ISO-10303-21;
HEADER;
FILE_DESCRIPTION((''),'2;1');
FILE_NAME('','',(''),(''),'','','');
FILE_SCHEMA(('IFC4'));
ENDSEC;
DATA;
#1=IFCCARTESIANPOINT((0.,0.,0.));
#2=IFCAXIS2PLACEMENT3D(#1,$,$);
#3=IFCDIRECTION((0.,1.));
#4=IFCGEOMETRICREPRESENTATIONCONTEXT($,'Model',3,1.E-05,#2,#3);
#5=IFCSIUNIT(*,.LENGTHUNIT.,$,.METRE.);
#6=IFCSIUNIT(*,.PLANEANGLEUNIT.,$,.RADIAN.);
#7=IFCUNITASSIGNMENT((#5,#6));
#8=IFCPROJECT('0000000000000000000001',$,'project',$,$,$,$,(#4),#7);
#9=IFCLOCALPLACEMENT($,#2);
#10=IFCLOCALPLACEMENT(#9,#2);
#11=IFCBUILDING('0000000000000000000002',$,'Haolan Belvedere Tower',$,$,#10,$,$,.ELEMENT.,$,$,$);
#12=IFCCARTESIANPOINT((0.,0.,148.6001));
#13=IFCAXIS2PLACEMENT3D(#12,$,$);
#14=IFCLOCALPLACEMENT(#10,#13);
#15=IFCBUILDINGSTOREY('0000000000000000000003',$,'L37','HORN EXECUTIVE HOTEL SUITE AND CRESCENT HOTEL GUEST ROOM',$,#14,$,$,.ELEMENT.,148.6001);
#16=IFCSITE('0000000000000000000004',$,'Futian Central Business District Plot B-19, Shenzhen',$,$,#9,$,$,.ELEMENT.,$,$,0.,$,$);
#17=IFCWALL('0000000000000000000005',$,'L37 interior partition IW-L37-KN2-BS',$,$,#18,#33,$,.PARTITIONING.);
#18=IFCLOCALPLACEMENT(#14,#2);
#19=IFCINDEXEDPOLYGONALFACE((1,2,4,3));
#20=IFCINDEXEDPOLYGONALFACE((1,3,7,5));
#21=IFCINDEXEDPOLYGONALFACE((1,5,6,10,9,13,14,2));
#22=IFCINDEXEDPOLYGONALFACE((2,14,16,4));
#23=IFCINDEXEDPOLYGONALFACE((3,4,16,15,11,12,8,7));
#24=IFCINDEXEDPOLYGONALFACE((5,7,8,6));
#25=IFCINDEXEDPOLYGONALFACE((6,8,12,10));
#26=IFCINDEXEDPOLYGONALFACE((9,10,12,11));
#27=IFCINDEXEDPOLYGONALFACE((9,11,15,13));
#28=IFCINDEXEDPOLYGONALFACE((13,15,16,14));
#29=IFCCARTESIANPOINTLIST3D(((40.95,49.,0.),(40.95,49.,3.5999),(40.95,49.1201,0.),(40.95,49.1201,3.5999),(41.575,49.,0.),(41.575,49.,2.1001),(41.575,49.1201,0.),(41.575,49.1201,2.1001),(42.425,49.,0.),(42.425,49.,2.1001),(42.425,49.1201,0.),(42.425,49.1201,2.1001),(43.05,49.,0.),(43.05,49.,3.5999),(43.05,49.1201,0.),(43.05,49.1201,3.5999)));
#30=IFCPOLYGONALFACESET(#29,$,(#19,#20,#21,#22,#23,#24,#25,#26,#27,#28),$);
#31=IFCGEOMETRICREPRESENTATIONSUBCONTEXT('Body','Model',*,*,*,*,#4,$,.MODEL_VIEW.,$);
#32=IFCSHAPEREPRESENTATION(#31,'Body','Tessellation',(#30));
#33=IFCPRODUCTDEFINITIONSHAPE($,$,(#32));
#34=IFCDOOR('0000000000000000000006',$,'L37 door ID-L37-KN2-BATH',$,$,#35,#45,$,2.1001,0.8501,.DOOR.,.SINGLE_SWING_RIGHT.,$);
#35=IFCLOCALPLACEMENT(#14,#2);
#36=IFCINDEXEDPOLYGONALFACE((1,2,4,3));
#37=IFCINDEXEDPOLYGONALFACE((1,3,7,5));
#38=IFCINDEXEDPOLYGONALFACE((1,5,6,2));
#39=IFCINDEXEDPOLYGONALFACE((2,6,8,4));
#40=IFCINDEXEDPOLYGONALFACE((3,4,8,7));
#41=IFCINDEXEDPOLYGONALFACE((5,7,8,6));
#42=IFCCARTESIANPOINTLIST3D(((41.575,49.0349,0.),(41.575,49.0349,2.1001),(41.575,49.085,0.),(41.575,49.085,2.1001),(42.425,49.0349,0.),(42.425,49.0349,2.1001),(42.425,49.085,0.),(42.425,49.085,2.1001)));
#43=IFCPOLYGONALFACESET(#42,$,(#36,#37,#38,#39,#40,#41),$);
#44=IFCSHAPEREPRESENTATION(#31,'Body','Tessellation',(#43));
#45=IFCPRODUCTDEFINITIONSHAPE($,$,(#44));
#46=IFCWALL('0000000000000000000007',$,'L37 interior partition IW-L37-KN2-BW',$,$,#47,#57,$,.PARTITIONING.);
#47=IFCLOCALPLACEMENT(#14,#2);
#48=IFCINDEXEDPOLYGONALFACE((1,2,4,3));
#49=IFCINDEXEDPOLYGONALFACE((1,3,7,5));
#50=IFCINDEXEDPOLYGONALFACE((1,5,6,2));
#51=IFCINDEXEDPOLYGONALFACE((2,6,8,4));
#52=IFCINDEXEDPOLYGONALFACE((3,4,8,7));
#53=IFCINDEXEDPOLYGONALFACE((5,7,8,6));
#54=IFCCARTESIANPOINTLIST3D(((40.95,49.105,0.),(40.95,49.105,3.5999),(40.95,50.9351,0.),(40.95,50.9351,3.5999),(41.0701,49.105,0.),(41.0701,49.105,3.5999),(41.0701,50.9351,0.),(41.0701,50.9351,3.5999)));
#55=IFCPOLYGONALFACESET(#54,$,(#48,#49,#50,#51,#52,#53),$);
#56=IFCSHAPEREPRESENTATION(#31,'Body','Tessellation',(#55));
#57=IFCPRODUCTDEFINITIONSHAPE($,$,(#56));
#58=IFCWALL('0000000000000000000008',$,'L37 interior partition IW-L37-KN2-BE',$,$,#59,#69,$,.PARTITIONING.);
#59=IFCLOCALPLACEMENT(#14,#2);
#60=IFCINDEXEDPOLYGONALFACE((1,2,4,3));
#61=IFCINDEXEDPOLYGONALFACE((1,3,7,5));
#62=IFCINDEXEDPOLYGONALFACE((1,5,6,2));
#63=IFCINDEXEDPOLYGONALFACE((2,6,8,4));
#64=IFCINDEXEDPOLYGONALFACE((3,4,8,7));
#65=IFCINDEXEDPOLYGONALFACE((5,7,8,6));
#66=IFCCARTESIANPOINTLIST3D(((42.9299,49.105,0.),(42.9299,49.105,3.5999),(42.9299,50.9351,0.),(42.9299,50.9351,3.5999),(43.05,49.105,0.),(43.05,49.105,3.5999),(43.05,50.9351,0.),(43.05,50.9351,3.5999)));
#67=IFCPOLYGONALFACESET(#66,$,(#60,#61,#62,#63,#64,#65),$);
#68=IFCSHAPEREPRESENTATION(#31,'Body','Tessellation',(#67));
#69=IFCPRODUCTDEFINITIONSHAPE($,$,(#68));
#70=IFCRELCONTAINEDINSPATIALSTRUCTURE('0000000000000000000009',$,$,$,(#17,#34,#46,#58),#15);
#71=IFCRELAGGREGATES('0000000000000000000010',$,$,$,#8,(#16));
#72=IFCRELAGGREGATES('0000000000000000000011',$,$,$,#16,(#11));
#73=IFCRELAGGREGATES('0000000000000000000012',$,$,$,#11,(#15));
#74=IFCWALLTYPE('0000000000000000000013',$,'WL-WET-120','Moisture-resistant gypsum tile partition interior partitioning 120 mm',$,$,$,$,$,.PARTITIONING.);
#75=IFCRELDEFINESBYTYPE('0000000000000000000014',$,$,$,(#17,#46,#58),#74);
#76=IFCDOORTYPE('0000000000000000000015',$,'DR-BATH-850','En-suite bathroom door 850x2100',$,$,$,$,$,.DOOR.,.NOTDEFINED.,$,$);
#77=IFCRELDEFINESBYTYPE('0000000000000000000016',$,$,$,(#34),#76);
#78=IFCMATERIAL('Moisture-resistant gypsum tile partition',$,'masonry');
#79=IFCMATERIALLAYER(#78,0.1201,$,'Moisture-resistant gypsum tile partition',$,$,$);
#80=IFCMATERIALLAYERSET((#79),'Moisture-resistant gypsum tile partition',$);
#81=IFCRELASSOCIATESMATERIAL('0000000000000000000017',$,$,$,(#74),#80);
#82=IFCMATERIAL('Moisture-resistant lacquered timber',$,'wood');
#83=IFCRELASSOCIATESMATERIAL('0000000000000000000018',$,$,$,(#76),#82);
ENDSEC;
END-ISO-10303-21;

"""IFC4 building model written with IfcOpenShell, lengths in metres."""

from ifc_helpers import new_model, si_unit, direction, frame, frame_2d, origin, place, context, subcontext, project, spatial, rectangle, extrude, material, layer, layer_set, type_object, element, fill, save


model = new_model("IFC4")

# Units and contexts
model_context = context("Model", 3, precision=1e-05, world=origin(), true_north=direction((0.0, 1.0)))
body_context = subcontext(model_context, "Body", "Model", "MODEL_VIEW")
ifc_project = project(units=[si_unit("LENGTHUNIT", "METRE"), si_unit("PLANEANGLEUNIT", "RADIAN")], contexts=[model_context])

# Site, building, storey
site_placement = place(None, origin())
site = spatial("IfcSite", under=ifc_project, at=site_placement, Name="Futian Central Business District Plot B-19, Shenzhen", CompositionType="ELEMENT", RefElevation=0.0)
building_placement = place(site_placement, origin())
building = spatial("IfcBuilding", under=site, at=building_placement, Name="Haolan Belvedere Tower", CompositionType="ELEMENT")
storey_placement = place(building_placement, frame((0.0, 0.0, 148.6001)))
storey = spatial("IfcBuildingStorey", under=building, at=storey_placement, Name="L37", Description="HORN EXECUTIVE HOTEL SUITE AND CRESCENT HOTEL GUEST ROOM", CompositionType="ELEMENT", Elevation=148.6001)

# Shared definitions
ifc_material_1 = material(Name="Moisture-resistant gypsum tile partition", Category="masonry")
ifc_layer_1 = layer(ifc_material_1, 0.1201, Name="Moisture-resistant gypsum tile partition")
ifc_layer_set_1 = layer_set([ifc_layer_1], Name="Moisture-resistant gypsum tile partition")
wall_type_1 = type_object("IfcWallType", Name="WL-WET-120", Description="Moisture-resistant gypsum tile partition interior partitioning 120 mm", PredefinedType="PARTITIONING", material=ifc_layer_set_1)

# Wall, opening, door
wall_1_placement = place(storey_placement, frame((40.95, 49.0601, 0.0), z_axis=(0.0, 0.0, 1.0), x_axis=(1.0, 0.0, 0.0)))
wall_1 = element("IfcWall", 1, at=wall_1_placement, inside=storey, type_object=wall_type_1, Name="L37 interior partition IW-L37-KN2-BS", PredefinedType="PARTITIONING", context=body_context, shape_type="SweptSolid", body=[
    extrude(rectangle(XDim=2.1001, YDim=0.1201, at=frame_2d((1.05, 0.0))), origin(), (0.0, 0.0, 1.0), 3.5999),
])
opening_1_placement = place(wall_1_placement, frame((0.625, 0.0, 0.0)))
opening_1 = element("IfcOpeningElement", 2, at=opening_1_placement, cuts=wall_1, PredefinedType="OPENING", context=body_context, shape_type="SweptSolid", body=[
    extrude(rectangle(XDim=0.8501, YDim=2.1001, at=frame_2d((0.425, 1.05))), frame((0.0, 0.0701, 0.0), z_axis=(0.0, -1.0, 0.0), x_axis=(1.0, 0.0, 0.0)), (0.0, 0.0, 1.0), 0.1401),
])
ifc_material_2 = material(Name="Moisture-resistant lacquered timber", Category="wood")
door_type_1 = type_object("IfcDoorType", Name="DR-BATH-850", Description="En-suite bathroom door 850x2100", OperationType="NOTDEFINED", PredefinedType="DOOR", material=ifc_material_2)
door_1_placement = place(opening_1_placement, origin())
door_1 = element("IfcDoor", 3, at=door_1_placement, inside=storey, type_object=door_type_1, Name="L37 door ID-L37-KN2-BATH", OperationType="SINGLE_SWING_RIGHT", OverallHeight=2.1001, OverallWidth=0.8501, PredefinedType="DOOR", context=body_context, shape_type="SweptSolid", body=[
    extrude(rectangle(XDim=0.8501, YDim=2.1001, at=frame_2d((0.425, 1.05))), frame((0.0, 0.0249, 0.0), z_axis=(0.0, -1.0, 0.0), x_axis=(1.0, 0.0, 0.0)), (0.0, 0.0, 1.0), 0.05),
])
fill(opening_1, door_1)

# Walls
for number, where, z_axis, x_axis, name in (
    (4, (41.01, 49.105, 0.0), (0.0, 0.0, 1.0), (0.0, 1.0, 0.0), "L37 interior partition IW-L37-KN2-BW"),
    (5, (42.99, 49.105, 0.0), (0.0, 0.0, 1.0), (0.0, 1.0, 0.0), "L37 interior partition IW-L37-KN2-BE"),
):
    element("IfcWall", number, at=place(storey_placement, frame(where, z_axis=z_axis, x_axis=x_axis)), inside=storey, type_object=wall_type_1, Name=name, PredefinedType="PARTITIONING", context=body_context, shape_type="SweptSolid", body=[
        extrude(rectangle(XDim=1.8301, YDim=0.1201, at=frame_2d((0.915, 0.0))), origin(), (0.0, 0.0, 1.0), 3.5999),
    ])

save(model, "model.ifc")
